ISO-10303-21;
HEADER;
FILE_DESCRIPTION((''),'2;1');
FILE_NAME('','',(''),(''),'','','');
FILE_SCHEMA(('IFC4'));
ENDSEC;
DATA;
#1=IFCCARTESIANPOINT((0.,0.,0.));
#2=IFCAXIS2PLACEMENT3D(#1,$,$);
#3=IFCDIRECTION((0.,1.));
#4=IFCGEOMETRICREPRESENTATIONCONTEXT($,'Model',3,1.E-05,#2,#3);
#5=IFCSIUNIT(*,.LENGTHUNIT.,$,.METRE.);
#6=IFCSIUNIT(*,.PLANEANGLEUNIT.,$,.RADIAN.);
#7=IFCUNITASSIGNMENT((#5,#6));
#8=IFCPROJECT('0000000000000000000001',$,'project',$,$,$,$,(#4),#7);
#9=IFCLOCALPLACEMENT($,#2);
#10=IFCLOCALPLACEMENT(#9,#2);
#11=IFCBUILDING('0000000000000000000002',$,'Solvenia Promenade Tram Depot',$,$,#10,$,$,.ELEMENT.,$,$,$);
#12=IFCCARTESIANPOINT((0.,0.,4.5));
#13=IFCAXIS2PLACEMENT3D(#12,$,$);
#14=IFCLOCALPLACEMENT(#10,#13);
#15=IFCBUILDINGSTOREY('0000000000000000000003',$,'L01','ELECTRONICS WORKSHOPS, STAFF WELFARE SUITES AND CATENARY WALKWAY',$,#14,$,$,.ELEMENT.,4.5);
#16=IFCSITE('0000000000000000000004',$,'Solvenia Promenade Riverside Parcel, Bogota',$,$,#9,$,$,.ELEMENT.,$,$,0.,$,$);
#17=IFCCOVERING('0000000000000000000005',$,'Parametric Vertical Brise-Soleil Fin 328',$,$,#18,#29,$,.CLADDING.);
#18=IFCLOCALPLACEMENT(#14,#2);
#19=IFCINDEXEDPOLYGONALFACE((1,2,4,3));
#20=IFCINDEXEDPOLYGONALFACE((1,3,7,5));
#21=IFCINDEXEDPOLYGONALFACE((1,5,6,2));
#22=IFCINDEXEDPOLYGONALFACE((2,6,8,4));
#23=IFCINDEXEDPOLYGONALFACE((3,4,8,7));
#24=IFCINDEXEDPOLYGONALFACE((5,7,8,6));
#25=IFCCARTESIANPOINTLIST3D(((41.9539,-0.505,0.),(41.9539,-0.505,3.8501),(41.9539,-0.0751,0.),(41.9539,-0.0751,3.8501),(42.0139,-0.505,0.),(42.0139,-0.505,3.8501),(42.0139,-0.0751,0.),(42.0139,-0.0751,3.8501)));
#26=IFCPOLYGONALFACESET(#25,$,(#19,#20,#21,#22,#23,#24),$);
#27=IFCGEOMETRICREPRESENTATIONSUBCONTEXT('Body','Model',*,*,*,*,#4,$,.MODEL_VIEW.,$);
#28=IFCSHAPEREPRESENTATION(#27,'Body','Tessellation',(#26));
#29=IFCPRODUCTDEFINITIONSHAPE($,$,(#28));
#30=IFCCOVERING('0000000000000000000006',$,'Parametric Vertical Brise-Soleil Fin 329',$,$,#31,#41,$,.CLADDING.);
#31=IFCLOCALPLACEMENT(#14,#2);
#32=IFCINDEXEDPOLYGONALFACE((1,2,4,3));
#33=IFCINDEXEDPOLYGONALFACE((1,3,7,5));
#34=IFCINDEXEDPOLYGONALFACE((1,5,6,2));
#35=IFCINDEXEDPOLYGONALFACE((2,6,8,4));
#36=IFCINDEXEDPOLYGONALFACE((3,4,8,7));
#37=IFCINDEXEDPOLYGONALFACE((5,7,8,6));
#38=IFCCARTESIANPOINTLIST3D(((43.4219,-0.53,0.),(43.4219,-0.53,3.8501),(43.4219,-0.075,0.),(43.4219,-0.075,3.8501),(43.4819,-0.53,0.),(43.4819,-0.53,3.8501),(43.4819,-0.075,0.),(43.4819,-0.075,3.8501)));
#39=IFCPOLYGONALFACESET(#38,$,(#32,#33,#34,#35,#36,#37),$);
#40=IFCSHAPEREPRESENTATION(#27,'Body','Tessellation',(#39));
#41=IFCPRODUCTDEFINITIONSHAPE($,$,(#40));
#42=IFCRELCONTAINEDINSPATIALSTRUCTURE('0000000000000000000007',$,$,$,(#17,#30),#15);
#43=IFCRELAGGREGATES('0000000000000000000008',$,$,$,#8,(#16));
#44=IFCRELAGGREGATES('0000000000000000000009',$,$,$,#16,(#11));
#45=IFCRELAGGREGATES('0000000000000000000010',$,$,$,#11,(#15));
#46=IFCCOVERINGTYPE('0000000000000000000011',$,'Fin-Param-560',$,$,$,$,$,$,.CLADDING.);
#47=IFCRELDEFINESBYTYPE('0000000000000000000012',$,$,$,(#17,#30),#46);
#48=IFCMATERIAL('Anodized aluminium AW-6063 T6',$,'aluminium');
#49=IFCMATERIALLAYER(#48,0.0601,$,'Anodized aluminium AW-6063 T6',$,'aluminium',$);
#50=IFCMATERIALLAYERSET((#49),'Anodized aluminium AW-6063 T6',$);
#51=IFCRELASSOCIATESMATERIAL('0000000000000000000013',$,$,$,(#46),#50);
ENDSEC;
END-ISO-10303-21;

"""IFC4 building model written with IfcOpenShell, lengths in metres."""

from ifc_helpers import new_model, si_unit, direction, frame, origin, origin_2d, place, context, subcontext, project, spatial, rectangle, extrude, material, layer, layer_set, type_object, element, save


model = new_model("IFC4")

# Units and contexts
model_context = context("Model", 3, precision=1e-05, world=origin(), true_north=direction((0.0, 1.0)))
body_context = subcontext(model_context, "Body", "Model", "MODEL_VIEW")
ifc_project = project(units=[si_unit("LENGTHUNIT", "METRE"), si_unit("PLANEANGLEUNIT", "RADIAN")], contexts=[model_context])

# Site, building, storey
site_placement = place(None, origin())
site = spatial("IfcSite", under=ifc_project, at=site_placement, Name="Solvenia Promenade Riverside Parcel, Bogota", CompositionType="ELEMENT", RefElevation=0.0)
building_placement = place(site_placement, origin())
building = spatial("IfcBuilding", under=site, at=building_placement, Name="Solvenia Promenade Tram Depot", CompositionType="ELEMENT")
storey_placement = place(building_placement, frame((0.0, 0.0, 4.5)))
storey = spatial("IfcBuildingStorey", under=building, at=storey_placement, Name="L01", Description="ELECTRONICS WORKSHOPS, STAFF WELFARE SUITES AND CATENARY WALKWAY", CompositionType="ELEMENT", Elevation=4.5)

# Shared definitions
ifc_material_1 = material(Name="Anodized aluminium AW-6063 T6", Category="aluminium")

# Coverings
ifc_layer_1 = layer(ifc_material_1, 0.0601, Name="Anodized aluminium AW-6063 T6", Category="aluminium")
ifc_layer_set_1 = layer_set([ifc_layer_1], Name="Anodized aluminium AW-6063 T6")
covering_type = type_object("IfcCoveringType", Name="Fin-Param-560", PredefinedType="CLADDING", material=ifc_layer_set_1)
covering_1_placement = place(storey_placement, frame((41.9839, -0.29, 0.0), z_axis=(0.0, 0.0, 1.0), x_axis=(1.0, 0.0, 0.0)))
element("IfcCovering", 1, at=covering_1_placement, inside=storey, type_object=covering_type, Name="Parametric Vertical Brise-Soleil Fin 328", PredefinedType="CLADDING", context=body_context, shape_type="SweptSolid", body=[
    extrude(rectangle(XDim=0.0601, YDim=0.4299, at=origin_2d()), origin(), (0.0, 0.0, 1.0), 3.8501),
])
covering_2_placement = place(storey_placement, frame((43.4519, -0.3025, 0.0), z_axis=(0.0, 0.0, 1.0), x_axis=(1.0, 0.0, 0.0)))
element("IfcCovering", 2, at=covering_2_placement, inside=storey, type_object=covering_type, Name="Parametric Vertical Brise-Soleil Fin 329", PredefinedType="CLADDING", context=body_context, shape_type="SweptSolid", body=[
    extrude(rectangle(XDim=0.0601, YDim=0.4551, at=origin_2d()), origin(), (0.0, 0.0, 1.0), 3.8501),
])

save(model, "model.ifc")
